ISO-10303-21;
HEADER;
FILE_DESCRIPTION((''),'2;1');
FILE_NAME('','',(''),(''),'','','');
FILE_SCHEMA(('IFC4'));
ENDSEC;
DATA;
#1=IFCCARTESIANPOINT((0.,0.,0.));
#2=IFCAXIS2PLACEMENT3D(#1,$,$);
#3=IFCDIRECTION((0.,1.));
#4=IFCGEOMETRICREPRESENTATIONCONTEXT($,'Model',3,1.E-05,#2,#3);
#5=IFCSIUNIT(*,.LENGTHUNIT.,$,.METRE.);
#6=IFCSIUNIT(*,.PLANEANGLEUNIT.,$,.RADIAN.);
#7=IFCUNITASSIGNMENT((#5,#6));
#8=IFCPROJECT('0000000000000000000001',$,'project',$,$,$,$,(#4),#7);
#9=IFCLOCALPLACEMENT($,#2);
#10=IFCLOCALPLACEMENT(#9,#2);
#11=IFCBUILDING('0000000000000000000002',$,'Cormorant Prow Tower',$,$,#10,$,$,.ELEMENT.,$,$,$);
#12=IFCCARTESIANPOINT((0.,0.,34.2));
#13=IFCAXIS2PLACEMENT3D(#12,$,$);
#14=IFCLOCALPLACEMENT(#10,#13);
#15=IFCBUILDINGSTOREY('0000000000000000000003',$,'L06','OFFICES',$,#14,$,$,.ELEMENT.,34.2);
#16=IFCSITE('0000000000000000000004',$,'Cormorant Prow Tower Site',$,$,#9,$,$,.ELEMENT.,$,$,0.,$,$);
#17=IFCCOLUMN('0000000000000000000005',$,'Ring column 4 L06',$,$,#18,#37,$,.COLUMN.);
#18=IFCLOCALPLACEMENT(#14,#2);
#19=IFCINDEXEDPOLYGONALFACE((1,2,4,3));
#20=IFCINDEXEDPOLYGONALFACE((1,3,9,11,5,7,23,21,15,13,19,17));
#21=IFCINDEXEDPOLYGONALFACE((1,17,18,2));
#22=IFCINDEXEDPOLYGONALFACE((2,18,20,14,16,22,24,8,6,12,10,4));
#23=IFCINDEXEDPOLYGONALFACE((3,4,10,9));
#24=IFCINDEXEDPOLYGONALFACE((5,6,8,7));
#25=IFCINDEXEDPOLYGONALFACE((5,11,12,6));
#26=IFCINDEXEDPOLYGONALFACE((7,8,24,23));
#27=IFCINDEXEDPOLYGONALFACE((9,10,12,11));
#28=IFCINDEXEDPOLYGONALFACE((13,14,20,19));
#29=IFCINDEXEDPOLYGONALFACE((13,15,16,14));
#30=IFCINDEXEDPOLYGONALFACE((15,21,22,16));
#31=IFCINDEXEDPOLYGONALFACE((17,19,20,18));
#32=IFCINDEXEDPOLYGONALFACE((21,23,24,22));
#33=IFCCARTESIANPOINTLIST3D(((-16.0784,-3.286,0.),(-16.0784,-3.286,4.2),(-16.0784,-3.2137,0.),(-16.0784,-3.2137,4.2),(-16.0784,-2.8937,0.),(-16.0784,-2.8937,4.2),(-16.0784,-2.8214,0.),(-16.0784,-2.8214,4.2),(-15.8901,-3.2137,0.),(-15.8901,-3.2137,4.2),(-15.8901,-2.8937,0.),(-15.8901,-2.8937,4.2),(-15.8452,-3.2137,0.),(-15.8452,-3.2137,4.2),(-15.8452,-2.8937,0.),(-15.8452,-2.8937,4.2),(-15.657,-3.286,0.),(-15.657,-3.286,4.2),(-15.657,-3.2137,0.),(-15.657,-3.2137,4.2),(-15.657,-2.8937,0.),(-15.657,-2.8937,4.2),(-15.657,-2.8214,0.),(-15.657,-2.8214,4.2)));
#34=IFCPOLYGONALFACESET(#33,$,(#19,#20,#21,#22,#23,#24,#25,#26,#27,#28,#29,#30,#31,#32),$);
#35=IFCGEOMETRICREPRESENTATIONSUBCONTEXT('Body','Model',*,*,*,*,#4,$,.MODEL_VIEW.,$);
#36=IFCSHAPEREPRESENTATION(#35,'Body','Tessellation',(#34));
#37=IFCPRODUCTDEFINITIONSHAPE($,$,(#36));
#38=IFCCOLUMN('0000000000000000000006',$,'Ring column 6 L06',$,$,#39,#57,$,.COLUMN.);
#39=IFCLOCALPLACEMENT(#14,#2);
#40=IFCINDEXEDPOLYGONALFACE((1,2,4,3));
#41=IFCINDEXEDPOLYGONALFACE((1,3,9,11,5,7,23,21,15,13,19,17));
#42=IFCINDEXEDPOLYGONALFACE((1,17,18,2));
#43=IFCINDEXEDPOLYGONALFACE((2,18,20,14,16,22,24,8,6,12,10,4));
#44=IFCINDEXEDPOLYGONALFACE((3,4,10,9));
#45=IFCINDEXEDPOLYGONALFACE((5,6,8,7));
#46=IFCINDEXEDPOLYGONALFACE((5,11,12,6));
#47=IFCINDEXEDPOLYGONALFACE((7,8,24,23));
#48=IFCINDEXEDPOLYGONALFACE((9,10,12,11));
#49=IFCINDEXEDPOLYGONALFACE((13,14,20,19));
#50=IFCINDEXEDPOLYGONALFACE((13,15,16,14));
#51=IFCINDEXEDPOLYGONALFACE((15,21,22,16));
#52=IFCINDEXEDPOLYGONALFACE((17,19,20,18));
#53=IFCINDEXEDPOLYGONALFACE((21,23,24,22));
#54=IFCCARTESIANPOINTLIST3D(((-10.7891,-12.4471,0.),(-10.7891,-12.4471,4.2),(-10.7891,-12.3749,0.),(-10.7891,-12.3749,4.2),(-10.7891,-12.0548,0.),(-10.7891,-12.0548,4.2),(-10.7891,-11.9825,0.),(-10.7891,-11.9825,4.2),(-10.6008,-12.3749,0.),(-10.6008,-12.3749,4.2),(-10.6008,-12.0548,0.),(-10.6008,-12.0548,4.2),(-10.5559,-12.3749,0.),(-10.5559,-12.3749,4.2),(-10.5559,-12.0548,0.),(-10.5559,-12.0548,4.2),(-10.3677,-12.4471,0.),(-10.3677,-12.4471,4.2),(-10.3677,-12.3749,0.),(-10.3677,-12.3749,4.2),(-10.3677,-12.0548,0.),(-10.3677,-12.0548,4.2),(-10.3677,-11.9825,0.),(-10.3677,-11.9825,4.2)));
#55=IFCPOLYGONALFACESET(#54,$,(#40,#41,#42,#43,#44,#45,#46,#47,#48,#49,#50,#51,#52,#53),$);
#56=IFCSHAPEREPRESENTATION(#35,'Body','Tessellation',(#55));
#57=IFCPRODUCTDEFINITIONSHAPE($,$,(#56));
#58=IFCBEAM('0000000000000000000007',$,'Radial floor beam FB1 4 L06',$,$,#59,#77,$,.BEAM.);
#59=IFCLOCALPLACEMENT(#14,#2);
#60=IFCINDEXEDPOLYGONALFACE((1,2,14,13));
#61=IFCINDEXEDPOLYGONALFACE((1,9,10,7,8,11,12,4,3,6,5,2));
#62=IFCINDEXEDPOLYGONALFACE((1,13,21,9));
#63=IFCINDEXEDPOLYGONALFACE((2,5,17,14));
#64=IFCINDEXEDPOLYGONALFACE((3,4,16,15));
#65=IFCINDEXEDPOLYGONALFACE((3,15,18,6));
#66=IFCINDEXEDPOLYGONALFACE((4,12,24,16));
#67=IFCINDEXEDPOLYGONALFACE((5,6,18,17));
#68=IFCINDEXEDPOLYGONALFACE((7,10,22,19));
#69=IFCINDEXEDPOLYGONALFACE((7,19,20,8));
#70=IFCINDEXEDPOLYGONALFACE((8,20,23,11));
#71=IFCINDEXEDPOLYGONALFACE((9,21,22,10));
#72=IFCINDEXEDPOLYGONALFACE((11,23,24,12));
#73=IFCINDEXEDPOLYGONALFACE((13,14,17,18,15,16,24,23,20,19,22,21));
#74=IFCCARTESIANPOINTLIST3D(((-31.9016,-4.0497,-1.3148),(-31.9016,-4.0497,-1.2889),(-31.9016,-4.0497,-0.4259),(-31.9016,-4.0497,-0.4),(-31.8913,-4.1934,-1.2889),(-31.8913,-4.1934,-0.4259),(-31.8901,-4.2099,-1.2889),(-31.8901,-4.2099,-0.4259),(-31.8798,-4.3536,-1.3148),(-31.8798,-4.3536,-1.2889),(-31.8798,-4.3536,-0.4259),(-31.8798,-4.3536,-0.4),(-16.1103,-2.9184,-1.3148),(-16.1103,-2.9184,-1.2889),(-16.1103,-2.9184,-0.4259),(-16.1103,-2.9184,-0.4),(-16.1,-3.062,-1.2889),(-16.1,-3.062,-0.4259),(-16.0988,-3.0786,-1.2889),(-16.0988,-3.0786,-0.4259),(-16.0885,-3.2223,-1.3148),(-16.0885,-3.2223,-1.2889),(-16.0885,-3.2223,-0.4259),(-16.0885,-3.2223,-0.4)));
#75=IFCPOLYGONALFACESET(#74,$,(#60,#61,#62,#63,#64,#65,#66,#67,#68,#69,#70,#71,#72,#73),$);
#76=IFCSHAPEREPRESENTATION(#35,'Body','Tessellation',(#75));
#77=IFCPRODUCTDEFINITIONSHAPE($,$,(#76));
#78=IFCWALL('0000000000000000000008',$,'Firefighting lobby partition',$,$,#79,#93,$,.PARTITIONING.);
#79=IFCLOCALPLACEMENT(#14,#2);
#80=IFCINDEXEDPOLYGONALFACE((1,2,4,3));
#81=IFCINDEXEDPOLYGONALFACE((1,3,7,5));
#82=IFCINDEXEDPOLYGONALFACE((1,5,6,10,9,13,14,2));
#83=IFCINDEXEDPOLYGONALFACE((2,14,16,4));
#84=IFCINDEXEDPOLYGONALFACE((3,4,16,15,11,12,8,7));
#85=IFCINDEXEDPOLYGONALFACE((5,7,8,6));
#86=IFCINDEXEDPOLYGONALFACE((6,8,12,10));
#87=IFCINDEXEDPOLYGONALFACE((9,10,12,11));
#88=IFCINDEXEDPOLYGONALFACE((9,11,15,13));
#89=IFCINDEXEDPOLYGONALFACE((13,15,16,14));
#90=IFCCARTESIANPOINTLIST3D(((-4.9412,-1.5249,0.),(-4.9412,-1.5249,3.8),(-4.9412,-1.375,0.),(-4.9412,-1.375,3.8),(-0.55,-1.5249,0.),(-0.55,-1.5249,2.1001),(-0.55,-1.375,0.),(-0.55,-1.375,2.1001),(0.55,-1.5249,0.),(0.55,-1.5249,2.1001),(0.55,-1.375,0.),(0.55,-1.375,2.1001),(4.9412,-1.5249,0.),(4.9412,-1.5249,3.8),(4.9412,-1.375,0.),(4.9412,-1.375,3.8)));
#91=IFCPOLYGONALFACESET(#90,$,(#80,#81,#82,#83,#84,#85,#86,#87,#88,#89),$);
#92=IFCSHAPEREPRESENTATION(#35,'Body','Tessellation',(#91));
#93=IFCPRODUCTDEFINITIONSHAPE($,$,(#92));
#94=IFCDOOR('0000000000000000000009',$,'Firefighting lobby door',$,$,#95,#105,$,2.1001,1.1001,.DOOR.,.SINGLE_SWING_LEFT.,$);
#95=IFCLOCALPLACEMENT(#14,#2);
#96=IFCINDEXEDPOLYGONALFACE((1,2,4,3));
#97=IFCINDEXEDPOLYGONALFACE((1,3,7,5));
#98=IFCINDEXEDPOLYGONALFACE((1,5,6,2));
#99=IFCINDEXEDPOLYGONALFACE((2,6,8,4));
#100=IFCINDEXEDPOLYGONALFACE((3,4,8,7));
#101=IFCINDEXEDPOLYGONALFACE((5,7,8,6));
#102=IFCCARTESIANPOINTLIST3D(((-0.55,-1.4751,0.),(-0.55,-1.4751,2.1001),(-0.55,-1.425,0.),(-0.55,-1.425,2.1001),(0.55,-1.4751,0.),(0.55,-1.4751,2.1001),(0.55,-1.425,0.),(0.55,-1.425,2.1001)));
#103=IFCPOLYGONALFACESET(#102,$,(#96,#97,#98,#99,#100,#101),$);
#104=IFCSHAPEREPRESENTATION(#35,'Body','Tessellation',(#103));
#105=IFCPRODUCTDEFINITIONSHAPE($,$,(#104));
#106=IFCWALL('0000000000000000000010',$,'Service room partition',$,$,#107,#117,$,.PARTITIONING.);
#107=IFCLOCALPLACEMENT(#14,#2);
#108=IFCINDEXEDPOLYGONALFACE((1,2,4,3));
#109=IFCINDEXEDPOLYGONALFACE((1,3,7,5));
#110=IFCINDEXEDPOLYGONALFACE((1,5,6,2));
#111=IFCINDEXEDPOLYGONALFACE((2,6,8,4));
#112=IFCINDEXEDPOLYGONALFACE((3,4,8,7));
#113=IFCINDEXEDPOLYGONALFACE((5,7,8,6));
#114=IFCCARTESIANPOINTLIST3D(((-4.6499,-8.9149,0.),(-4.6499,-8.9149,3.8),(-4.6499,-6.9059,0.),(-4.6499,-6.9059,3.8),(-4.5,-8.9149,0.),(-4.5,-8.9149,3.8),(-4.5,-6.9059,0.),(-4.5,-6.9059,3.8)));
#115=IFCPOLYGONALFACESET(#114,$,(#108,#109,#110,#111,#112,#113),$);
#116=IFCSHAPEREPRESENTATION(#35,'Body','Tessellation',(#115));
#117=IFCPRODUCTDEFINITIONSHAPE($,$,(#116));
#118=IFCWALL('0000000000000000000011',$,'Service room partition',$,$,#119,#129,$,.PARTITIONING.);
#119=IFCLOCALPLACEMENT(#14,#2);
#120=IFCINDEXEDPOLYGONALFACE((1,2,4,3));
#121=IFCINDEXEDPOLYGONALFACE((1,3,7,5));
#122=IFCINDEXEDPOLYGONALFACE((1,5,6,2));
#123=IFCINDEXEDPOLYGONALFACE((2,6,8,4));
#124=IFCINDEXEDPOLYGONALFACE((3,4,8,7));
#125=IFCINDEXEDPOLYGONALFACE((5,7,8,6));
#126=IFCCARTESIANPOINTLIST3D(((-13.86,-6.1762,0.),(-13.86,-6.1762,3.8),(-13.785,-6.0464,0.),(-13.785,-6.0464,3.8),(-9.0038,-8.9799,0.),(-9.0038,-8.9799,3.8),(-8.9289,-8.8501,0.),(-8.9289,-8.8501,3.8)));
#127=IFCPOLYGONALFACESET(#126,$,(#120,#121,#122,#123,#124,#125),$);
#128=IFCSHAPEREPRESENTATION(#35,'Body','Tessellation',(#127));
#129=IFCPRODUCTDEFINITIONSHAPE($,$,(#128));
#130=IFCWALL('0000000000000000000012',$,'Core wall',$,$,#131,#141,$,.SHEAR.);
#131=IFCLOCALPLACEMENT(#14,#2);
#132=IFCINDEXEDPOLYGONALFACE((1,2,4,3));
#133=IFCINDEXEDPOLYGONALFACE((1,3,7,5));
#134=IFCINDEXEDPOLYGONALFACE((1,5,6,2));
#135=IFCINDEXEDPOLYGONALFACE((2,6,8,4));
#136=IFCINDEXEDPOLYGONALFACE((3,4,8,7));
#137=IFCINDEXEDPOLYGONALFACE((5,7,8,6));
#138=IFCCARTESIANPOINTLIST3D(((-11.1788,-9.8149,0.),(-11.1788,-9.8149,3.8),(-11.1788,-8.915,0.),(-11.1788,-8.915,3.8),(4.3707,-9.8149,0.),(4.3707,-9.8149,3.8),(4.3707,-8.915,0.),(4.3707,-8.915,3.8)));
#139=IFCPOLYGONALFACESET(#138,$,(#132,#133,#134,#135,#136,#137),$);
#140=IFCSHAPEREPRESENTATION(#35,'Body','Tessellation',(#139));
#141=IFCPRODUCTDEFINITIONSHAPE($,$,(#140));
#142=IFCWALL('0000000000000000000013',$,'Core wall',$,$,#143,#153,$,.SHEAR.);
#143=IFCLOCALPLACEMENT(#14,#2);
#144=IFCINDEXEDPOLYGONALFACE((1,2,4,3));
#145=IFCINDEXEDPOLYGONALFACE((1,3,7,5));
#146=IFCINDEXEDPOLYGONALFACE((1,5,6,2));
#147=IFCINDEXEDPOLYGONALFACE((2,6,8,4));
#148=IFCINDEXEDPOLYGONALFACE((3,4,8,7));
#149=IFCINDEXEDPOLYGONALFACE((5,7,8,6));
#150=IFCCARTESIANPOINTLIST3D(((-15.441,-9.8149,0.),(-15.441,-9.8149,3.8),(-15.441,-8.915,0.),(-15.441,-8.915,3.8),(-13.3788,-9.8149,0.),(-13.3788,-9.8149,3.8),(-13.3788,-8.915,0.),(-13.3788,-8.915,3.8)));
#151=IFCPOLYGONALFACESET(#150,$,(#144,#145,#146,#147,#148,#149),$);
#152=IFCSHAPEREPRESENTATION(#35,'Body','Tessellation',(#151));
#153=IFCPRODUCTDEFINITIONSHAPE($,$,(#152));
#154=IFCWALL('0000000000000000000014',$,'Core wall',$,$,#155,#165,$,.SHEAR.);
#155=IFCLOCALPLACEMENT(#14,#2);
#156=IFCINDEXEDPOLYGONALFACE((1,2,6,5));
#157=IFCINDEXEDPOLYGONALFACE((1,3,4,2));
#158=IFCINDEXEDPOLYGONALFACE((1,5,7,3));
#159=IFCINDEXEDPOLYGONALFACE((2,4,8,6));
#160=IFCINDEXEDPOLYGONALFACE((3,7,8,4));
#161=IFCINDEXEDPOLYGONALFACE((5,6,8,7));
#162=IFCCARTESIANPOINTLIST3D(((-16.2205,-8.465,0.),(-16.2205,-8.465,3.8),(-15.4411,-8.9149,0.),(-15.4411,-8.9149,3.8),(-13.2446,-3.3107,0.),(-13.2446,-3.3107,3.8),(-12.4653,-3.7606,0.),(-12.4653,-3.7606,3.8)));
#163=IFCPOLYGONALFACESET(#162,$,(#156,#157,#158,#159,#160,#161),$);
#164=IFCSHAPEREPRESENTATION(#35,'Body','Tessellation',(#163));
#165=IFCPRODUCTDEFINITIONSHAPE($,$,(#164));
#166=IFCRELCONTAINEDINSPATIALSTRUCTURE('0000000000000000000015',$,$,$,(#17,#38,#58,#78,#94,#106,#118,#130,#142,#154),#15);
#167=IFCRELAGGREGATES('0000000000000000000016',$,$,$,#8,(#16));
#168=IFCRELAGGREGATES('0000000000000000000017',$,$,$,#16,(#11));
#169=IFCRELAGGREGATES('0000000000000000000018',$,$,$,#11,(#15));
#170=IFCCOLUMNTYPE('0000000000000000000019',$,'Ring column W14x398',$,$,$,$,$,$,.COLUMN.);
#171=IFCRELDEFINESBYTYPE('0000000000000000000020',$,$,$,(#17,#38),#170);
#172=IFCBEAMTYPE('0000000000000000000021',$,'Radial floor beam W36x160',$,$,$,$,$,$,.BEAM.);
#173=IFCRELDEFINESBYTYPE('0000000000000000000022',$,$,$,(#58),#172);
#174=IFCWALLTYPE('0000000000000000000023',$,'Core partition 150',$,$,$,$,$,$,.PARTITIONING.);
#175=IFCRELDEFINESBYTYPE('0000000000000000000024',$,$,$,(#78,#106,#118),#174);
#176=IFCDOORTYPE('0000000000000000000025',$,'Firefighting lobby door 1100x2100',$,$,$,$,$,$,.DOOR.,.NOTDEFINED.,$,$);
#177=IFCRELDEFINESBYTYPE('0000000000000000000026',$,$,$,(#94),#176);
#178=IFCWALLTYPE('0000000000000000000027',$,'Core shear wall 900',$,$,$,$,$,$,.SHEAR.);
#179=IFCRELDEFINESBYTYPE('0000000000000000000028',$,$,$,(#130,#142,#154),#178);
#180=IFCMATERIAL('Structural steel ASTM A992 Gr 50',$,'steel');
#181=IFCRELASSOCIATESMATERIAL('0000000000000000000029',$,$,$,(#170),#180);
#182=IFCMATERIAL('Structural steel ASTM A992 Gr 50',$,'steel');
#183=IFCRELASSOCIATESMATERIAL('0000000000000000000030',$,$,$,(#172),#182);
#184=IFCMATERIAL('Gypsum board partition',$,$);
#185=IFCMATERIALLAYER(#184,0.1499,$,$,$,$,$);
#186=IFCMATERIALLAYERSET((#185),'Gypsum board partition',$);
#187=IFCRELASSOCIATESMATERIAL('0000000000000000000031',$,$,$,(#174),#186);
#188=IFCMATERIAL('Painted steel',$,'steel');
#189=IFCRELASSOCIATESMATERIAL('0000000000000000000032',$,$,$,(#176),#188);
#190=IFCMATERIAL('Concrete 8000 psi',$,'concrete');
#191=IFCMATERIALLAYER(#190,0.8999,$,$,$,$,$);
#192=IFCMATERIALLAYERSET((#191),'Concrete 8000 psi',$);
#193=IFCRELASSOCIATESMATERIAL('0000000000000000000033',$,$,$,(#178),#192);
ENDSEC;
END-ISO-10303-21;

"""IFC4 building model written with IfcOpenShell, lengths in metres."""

from ifc_helpers import new_model, si_unit, direction, frame, frame_2d, origin, origin_2d, place, context, subcontext, project, spatial, rectangle, i_section, extrude, material, layer, layer_set, material_profile, profile_set, type_object, element, fill, save


model = new_model("IFC4")

# Units and contexts
model_context = context("Model", 3, precision=1e-05, world=origin(), true_north=direction((0.0, 1.0)))
body_context = subcontext(model_context, "Body", "Model", "MODEL_VIEW")
ifc_project = project(units=[si_unit("LENGTHUNIT", "METRE"), si_unit("PLANEANGLEUNIT", "RADIAN")], contexts=[model_context])

# Site, building, storey
site_placement = place(None, origin())
site = spatial("IfcSite", under=ifc_project, at=site_placement, Name="Cormorant Prow Tower Site", CompositionType="ELEMENT", RefElevation=0.0)
building_placement = place(site_placement, origin())
building = spatial("IfcBuilding", under=site, at=building_placement, Name="Cormorant Prow Tower", CompositionType="ELEMENT")
storey_placement = place(building_placement, frame((0.0, 0.0, 34.2)))
storey = spatial("IfcBuildingStorey", under=building, at=storey_placement, Name="L06", Description="OFFICES", CompositionType="ELEMENT", Elevation=34.2)

# Columns
ifc_material_1 = material(Name="Structural steel ASTM A992 Gr 50", Category="steel")
ifc_material_profile_1 = material_profile(ifc_material_1, i_section(OverallWidth=0.4214, OverallDepth=0.4646, WebThickness=0.0449, FlangeThickness=0.0723, at=origin_2d()), Name="W14x398")
ifc_profile_set_1 = profile_set([ifc_material_profile_1], Name="Structural steel ASTM A992 Gr 50")
column_type = type_object("IfcColumnType", Name="Ring column W14x398", PredefinedType="COLUMN", material=ifc_profile_set_1)
for number, where, z_axis, x_axis, name in (
    (1, (-15.8677, -3.0537, 0.0), (0.0, 0.0, 1.0), (1.0, 0.0, 0.0), "Ring column 4 L06"),
    (2, (-10.5784, -12.2148, 0.0), (0.0, 0.0, 1.0), (1.0, 0.0, 0.0), "Ring column 6 L06"),
):
    element("IfcColumn", number, at=place(storey_placement, frame(where, z_axis=z_axis, x_axis=x_axis)), inside=storey, type_object=column_type, Name=name, PredefinedType="COLUMN", context=body_context, shape_type="SweptSolid", body=[
        extrude(i_section(OverallWidth=0.4214, OverallDepth=0.4646, WebThickness=0.0449, FlangeThickness=0.0723, at=origin_2d()), origin(), (0.0, 0.0, 1.0), 4.2),
    ])

# Beam
ifc_material_2 = material(Name="Structural steel ASTM A992 Gr 50", Category="steel")
ifc_material_profile_2 = material_profile(ifc_material_2, i_section(OverallWidth=0.3047, OverallDepth=0.9148, WebThickness=0.0166, FlangeThickness=0.0259, at=origin_2d()), Name="W36x160")
ifc_profile_set_2 = profile_set([ifc_material_profile_2], Name="Structural steel ASTM A992 Gr 50")
beam_type = type_object("IfcBeamType", Name="Radial floor beam W36x160", PredefinedType="BEAM", material=ifc_profile_set_2)
beam_placement = place(storey_placement, frame((-16.0994, -3.0703, -0.8574), z_axis=(-0.997443, -0.071461, 0.0), x_axis=(0.071461, -0.997443, 0.0)))
element("IfcBeam", 3, at=beam_placement, inside=storey, type_object=beam_type, Name="Radial floor beam FB1 4 L06", PredefinedType="BEAM", context=body_context, shape_type="SweptSolid", body=[
    extrude(i_section(OverallWidth=0.3047, OverallDepth=0.9148, WebThickness=0.0166, FlangeThickness=0.0259, at=origin_2d()), origin(), (0.0, 0.0, 1.0), 15.8318),
])

# Wall, opening, door
ifc_material_3 = material(Name="Gypsum board partition")
ifc_layer_1 = layer(ifc_material_3, 0.1499)
ifc_layer_set_1 = layer_set([ifc_layer_1], Name="Gypsum board partition")
wall_type_1 = type_object("IfcWallType", Name="Core partition 150", PredefinedType="PARTITIONING", material=ifc_layer_set_1)
wall_1_placement = place(storey_placement, frame((-4.9412, -1.45, 0.0), z_axis=(0.0, 0.0, 1.0), x_axis=(1.0, 0.0, 0.0)))
wall_1 = element("IfcWall", 4, at=wall_1_placement, inside=storey, type_object=wall_type_1, Name="Firefighting lobby partition", PredefinedType="PARTITIONING", context=body_context, shape_type="SweptSolid", body=[
    extrude(rectangle(XDim=9.8823, YDim=0.1499, at=frame_2d((4.9412, 0.0))), origin(), (0.0, 0.0, 1.0), 3.8),
])
opening_1_placement = place(wall_1_placement, frame((4.3911, 0.0, 0.0)))
opening_1 = element("IfcOpeningElement", 5, at=opening_1_placement, cuts=wall_1, PredefinedType="OPENING", context=body_context, shape_type="SweptSolid", body=[
    extrude(rectangle(XDim=1.1001, YDim=2.1001, at=frame_2d((0.55, 1.05))), frame((0.0, 0.085, 0.0), z_axis=(0.0, -1.0, 0.0), x_axis=(1.0, 0.0, 0.0)), (0.0, 0.0, 1.0), 0.1699),
])
ifc_material_4 = material(Name="Painted steel", Category="steel")
door_type_1 = type_object("IfcDoorType", Name="Firefighting lobby door 1100x2100", OperationType="NOTDEFINED", PredefinedType="DOOR", material=ifc_material_4)
door_1_placement = place(opening_1_placement, origin())
door_1 = element("IfcDoor", 6, at=door_1_placement, inside=storey, type_object=door_type_1, Name="Firefighting lobby door", OperationType="SINGLE_SWING_LEFT", OverallHeight=2.1001, OverallWidth=1.1001, PredefinedType="DOOR", context=body_context, shape_type="SweptSolid", body=[
    extrude(rectangle(XDim=1.1001, YDim=2.1001, at=frame_2d((0.55, 1.05))), frame((0.0, 0.0249, 0.0), z_axis=(0.0, -1.0, 0.0), x_axis=(1.0, 0.0, 0.0)), (0.0, 0.0, 1.0), 0.05),
])
fill(opening_1, door_1)

# Walls
wall_2_placement = place(storey_placement, frame((-4.575, -6.906, 0.0), z_axis=(0.0, 0.0, 1.0), x_axis=(0.0, -1.0, 0.0)))
element("IfcWall", 7, at=wall_2_placement, inside=storey, type_object=wall_type_1, Name="Service room partition", PredefinedType="PARTITIONING", context=body_context, shape_type="SweptSolid", body=[
    extrude(rectangle(XDim=2.009, YDim=0.1499, at=frame_2d((1.0044, 0.0))), origin(), (0.0, 0.0, 1.0), 3.8),
])
wall_3_placement = place(storey_placement, frame((-13.8225, -6.1113, 0.0), z_axis=(0.0, 0.0, 1.0), x_axis=(0.866027, -0.499998, 0.0)))
element("IfcWall", 8, at=wall_3_placement, inside=storey, type_object=wall_type_1, Name="Service room partition", PredefinedType="PARTITIONING", context=body_context, shape_type="SweptSolid", body=[
    extrude(rectangle(XDim=5.6074, YDim=0.1499, at=frame_2d((2.8037, 0.0))), origin(), (0.0, 0.0, 1.0), 3.8),
])
ifc_material_5 = material(Name="Concrete 8000 psi", Category="concrete")
ifc_layer_2 = layer(ifc_material_5, 0.8999)
ifc_layer_set_2 = layer_set([ifc_layer_2], Name="Concrete 8000 psi")
wall_type_2 = type_object("IfcWallType", Name="Core shear wall 900", PredefinedType="SHEAR", material=ifc_layer_set_2)
wall_4_placement = place(storey_placement, frame((-11.179, -9.365, 0.0), z_axis=(0.0, 0.0, 1.0), x_axis=(1.0, 0.0, 0.0)))
element("IfcWall", 9, at=wall_4_placement, inside=storey, type_object=wall_type_2, Name="Core wall", PredefinedType="SHEAR", context=body_context, shape_type="SweptSolid", body=[
    extrude(rectangle(XDim=15.5496, YDim=0.8999, at=frame_2d((7.7749, 0.0))), origin(), (0.0, 0.0, 1.0), 3.8),
])
wall_5_placement = place(storey_placement, frame((-15.4412, -9.365, 0.0), z_axis=(0.0, 0.0, 1.0), x_axis=(1.0, 0.0, 0.0)))
element("IfcWall", 10, at=wall_5_placement, inside=storey, type_object=wall_type_2, Name="Core wall", PredefinedType="SHEAR", context=body_context, shape_type="SweptSolid", body=[
    extrude(rectangle(XDim=2.0623, YDim=0.8999, at=frame_2d((1.0312, 0.0))), origin(), (0.0, 0.0, 1.0), 3.8),
])
wall_6_placement = place(storey_placement, frame((-12.855, -3.5356, 0.0), z_axis=(0.0, 0.0, 1.0), x_axis=(-0.499999, -0.866026, 0.0)))
element("IfcWall", 11, at=wall_6_placement, inside=storey, type_object=wall_type_2, Name="Core wall", PredefinedType="SHEAR", context=body_context, shape_type="SweptSolid", body=[
    extrude(rectangle(XDim=5.9517, YDim=0.8999, at=frame_2d((2.9758, 0.0))), origin(), (0.0, 0.0, 1.0), 3.8),
])

save(model, "model.ifc")
